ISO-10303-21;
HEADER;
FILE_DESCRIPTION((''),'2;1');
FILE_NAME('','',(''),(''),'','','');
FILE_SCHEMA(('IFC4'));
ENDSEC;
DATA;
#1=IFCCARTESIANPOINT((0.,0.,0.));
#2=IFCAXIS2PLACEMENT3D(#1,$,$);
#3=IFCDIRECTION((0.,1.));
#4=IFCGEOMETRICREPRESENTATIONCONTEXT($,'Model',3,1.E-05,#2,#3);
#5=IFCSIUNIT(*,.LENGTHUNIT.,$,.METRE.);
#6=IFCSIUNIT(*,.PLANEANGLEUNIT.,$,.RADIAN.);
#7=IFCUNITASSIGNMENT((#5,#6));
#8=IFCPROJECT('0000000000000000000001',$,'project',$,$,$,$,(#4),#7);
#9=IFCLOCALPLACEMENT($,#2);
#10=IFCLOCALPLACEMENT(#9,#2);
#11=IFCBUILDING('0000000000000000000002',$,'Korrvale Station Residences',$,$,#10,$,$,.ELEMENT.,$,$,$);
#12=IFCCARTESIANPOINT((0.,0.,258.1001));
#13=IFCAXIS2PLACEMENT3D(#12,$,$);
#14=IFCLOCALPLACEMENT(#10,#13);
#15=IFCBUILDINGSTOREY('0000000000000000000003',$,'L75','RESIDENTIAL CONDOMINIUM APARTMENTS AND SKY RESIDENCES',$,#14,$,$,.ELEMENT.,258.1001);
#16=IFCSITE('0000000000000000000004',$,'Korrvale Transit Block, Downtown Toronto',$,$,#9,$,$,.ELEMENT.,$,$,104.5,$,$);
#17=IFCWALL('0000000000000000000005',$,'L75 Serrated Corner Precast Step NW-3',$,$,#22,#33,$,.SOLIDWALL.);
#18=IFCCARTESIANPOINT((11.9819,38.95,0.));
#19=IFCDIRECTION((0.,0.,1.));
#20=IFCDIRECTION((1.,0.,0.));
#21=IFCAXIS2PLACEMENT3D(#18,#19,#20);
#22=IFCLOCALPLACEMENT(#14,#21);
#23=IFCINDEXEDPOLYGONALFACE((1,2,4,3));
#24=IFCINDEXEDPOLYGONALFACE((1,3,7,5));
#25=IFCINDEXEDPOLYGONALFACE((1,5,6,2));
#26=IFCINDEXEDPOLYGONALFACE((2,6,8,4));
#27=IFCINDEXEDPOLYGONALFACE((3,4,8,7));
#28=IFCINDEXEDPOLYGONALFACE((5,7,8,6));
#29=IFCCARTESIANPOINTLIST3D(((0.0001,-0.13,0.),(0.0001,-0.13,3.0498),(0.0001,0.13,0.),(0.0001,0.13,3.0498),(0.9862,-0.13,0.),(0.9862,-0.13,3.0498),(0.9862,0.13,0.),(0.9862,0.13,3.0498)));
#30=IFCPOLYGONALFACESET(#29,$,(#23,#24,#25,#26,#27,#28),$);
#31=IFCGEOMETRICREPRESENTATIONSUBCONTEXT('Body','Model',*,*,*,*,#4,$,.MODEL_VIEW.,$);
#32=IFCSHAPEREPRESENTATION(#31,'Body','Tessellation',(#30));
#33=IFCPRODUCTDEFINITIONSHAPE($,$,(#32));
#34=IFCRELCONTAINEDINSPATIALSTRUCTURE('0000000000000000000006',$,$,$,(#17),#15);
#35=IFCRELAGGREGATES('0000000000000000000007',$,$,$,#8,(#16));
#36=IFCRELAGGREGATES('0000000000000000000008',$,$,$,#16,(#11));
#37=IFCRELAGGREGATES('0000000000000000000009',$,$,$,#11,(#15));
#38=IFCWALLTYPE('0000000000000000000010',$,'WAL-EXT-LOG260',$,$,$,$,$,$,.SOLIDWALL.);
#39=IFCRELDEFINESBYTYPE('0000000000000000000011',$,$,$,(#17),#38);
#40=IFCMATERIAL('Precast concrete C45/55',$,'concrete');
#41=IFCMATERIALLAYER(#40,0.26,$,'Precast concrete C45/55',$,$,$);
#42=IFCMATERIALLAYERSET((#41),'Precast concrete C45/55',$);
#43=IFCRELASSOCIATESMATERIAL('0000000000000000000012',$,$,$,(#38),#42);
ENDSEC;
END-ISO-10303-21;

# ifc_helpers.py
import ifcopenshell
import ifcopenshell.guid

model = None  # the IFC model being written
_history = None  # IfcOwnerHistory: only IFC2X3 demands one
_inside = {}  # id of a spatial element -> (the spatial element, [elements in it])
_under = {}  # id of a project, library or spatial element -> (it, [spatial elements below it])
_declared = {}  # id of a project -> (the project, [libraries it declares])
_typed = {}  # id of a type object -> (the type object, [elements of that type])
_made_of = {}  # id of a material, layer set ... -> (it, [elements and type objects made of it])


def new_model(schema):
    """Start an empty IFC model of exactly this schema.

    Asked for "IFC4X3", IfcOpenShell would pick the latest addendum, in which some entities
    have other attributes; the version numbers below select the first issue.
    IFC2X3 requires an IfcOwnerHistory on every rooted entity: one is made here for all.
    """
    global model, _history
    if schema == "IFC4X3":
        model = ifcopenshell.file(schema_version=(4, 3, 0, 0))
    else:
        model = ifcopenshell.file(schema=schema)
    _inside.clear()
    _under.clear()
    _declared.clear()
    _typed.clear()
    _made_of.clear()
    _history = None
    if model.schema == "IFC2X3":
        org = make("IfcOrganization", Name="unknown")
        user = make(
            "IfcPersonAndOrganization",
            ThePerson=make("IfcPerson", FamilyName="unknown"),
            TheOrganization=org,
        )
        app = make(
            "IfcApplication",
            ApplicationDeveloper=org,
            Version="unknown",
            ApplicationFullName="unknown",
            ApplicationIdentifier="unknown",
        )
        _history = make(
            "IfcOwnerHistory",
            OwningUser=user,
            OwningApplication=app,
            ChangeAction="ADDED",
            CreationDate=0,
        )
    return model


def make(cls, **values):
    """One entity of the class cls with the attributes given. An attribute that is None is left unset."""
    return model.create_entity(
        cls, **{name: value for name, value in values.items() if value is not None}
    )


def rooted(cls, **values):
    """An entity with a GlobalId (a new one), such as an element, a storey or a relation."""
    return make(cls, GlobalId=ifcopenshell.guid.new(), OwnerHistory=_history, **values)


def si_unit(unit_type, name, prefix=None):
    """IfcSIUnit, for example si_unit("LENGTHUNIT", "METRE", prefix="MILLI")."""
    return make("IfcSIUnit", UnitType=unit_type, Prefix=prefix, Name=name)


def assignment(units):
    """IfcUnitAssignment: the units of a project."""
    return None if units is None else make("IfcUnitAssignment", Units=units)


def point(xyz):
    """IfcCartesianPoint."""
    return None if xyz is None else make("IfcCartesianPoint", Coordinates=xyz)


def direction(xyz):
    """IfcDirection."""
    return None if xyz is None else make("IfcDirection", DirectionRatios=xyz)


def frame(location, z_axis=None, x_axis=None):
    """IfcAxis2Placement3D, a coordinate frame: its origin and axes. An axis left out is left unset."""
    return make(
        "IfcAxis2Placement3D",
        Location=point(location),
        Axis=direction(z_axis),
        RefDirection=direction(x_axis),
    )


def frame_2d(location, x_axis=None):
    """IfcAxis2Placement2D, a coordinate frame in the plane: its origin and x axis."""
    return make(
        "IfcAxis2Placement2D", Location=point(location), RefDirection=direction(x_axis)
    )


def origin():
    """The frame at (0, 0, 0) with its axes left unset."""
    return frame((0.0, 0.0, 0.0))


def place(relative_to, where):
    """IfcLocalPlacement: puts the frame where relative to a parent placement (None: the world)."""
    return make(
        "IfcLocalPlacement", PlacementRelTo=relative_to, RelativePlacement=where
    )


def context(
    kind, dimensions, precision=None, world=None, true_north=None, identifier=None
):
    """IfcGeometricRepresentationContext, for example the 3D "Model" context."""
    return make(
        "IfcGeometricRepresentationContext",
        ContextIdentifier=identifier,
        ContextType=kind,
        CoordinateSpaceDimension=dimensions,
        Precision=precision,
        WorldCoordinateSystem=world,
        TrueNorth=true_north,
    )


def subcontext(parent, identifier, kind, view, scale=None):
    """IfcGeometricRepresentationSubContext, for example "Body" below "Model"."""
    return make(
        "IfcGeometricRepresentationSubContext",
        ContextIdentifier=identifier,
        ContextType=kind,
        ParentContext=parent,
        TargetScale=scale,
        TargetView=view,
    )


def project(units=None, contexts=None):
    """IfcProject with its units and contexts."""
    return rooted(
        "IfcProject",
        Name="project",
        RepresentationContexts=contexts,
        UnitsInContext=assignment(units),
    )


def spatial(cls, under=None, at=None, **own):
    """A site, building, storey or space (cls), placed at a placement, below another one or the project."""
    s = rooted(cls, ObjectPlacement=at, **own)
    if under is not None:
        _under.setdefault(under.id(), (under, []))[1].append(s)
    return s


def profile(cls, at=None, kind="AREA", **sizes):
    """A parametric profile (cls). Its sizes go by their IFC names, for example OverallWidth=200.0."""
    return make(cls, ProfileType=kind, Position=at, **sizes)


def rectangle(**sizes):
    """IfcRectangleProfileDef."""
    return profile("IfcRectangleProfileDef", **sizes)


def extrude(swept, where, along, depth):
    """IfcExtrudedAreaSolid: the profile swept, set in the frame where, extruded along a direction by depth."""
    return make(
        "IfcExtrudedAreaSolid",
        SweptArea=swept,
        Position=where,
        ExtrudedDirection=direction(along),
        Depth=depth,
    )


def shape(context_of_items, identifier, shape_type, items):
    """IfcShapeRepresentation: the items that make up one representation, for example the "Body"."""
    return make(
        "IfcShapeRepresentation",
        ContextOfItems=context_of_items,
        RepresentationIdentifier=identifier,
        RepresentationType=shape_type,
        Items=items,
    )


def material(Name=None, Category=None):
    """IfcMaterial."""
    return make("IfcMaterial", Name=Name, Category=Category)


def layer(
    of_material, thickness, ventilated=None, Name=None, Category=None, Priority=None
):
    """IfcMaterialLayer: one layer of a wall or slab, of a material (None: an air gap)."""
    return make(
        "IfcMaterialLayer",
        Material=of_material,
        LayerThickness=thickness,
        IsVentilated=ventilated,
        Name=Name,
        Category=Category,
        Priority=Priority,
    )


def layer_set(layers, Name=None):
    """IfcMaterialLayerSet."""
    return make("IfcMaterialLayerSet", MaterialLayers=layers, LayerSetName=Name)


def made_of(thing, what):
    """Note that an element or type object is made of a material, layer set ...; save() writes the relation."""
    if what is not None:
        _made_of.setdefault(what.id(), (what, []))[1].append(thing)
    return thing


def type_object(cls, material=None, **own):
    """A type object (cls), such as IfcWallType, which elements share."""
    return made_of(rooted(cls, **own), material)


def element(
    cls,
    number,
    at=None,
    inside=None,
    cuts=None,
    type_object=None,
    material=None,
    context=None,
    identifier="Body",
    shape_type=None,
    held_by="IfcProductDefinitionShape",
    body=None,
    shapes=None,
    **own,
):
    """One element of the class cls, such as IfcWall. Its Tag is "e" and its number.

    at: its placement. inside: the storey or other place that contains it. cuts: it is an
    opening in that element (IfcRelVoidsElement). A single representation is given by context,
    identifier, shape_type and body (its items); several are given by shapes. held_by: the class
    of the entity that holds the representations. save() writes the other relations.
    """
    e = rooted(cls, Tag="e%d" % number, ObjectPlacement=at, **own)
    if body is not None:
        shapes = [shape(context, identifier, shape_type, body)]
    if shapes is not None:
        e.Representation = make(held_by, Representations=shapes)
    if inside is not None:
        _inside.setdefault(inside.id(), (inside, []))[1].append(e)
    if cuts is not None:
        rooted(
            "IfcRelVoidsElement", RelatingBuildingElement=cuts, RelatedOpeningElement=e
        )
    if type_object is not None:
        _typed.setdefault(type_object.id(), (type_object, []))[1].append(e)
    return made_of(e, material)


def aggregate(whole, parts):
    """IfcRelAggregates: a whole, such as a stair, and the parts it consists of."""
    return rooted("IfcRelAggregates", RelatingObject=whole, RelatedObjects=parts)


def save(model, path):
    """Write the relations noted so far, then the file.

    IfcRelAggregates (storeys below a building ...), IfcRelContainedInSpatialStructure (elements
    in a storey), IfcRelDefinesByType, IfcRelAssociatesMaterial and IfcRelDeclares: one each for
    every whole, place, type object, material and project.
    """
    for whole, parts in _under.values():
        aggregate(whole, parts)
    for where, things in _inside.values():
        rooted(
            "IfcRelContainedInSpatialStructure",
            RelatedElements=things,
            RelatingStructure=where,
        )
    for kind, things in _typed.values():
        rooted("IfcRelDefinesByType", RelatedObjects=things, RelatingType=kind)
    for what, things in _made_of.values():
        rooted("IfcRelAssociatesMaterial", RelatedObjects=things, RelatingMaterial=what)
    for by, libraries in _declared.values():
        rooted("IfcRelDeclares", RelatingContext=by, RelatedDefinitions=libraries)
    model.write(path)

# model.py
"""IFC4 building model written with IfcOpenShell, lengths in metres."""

from ifc_helpers import new_model, si_unit, direction, frame, frame_2d, origin, place, context, subcontext, project, spatial, rectangle, extrude, material, layer, layer_set, type_object, element, save


model = new_model("IFC4")

# Units and contexts
model_context = context("Model", 3, precision=1e-05, world=origin(), true_north=direction((0.0, 1.0)))
body_context = subcontext(model_context, "Body", "Model", "MODEL_VIEW")
ifc_project = project(units=[si_unit("LENGTHUNIT", "METRE"), si_unit("PLANEANGLEUNIT", "RADIAN")], contexts=[model_context])

# Site, building, storey
site_placement = place(None, origin())
site = spatial("IfcSite", under=ifc_project, at=site_placement, Name="Korrvale Transit Block, Downtown Toronto", CompositionType="ELEMENT", RefElevation=104.5)
building_placement = place(site_placement, origin())
building = spatial("IfcBuilding", under=site, at=building_placement, Name="Korrvale Station Residences", CompositionType="ELEMENT")
storey_placement = place(building_placement, frame((0.0, 0.0, 258.1001)))
storey = spatial("IfcBuildingStorey", under=building, at=storey_placement, Name="L75", Description="RESIDENTIAL CONDOMINIUM APARTMENTS AND SKY RESIDENCES", CompositionType="ELEMENT", Elevation=258.1001)

# Wall
ifc_material_1 = material(Name="Precast concrete C45/55", Category="concrete")
ifc_layer_1 = layer(ifc_material_1, 0.26, Name="Precast concrete C45/55")
ifc_layer_set_1 = layer_set([ifc_layer_1], Name="Precast concrete C45/55")
wall_type_1 = type_object("IfcWallType", Name="WAL-EXT-LOG260", PredefinedType="SOLIDWALL", material=ifc_layer_set_1)
wall_1_placement = place(storey_placement, frame((11.9819, 38.95, 0.0), z_axis=(0.0, 0.0, 1.0), x_axis=(1.0, 0.0, 0.0)))
element("IfcWall", 1, at=wall_1_placement, inside=storey, type_object=wall_type_1, Name="L75 Serrated Corner Precast Step NW-3", PredefinedType="SOLIDWALL", context=body_context, shape_type="SweptSolid", body=[
    extrude(rectangle(XDim=0.9861, YDim=0.26, at=frame_2d((0.4932, 0.0))), origin(), (0.0, 0.0, 1.0), 3.0498),
])

save(model, "model.ifc")
